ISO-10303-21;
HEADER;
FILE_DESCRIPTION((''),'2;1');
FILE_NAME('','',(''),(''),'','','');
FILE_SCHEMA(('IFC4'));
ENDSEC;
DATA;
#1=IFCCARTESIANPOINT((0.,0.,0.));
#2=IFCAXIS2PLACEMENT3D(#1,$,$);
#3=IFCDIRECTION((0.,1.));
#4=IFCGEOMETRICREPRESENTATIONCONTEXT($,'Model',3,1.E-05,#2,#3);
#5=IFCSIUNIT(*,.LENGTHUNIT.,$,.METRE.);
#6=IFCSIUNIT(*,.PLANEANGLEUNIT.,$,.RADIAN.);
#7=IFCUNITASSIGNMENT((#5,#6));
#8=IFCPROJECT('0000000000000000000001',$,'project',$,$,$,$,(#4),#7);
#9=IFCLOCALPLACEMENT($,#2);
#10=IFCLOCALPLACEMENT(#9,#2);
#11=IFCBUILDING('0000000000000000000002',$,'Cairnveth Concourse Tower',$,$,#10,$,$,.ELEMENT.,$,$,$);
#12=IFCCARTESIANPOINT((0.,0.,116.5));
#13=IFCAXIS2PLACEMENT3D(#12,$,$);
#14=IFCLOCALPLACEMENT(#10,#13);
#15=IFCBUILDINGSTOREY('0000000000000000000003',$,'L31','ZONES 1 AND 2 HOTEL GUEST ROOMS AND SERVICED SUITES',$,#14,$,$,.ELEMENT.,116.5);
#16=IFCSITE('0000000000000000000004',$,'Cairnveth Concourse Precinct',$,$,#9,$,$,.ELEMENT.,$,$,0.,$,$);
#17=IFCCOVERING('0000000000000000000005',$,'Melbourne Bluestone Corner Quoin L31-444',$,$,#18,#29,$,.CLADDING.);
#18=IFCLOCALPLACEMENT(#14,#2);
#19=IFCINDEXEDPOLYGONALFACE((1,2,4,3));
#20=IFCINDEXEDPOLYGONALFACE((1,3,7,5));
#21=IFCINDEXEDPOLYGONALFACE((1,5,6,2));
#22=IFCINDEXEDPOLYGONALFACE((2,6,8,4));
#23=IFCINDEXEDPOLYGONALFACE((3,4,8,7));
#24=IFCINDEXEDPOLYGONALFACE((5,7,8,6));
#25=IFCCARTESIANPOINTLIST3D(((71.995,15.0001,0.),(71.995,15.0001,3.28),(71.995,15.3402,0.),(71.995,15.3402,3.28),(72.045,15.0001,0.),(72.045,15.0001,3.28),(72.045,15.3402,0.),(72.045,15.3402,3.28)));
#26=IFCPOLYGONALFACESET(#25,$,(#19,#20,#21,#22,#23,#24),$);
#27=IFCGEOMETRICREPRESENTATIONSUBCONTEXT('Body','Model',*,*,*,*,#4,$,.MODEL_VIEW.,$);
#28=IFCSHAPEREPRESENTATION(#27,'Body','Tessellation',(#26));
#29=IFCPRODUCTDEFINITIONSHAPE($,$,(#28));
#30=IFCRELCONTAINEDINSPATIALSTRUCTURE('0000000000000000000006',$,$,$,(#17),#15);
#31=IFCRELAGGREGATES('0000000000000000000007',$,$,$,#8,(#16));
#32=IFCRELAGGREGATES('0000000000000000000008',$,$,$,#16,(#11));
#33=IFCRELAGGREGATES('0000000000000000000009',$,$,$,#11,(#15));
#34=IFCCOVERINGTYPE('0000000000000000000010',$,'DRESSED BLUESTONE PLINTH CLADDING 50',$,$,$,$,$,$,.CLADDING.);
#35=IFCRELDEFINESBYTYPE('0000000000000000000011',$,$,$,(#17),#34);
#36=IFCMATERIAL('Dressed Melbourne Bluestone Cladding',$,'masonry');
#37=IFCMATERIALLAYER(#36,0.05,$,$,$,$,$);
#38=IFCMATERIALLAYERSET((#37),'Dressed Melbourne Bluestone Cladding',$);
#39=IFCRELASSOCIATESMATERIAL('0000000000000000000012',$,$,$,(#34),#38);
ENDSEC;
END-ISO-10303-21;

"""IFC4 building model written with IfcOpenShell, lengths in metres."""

from ifc_helpers import new_model, si_unit, direction, frame, frame_2d, origin, place, context, subcontext, project, spatial, rectangle, extrude, material, layer, layer_set, type_object, element, save


model = new_model("IFC4")

# Units and contexts
model_context = context("Model", 3, precision=1e-05, world=origin(), true_north=direction((0.0, 1.0)))
body_context = subcontext(model_context, "Body", "Model", "MODEL_VIEW")
ifc_project = project(units=[si_unit("LENGTHUNIT", "METRE"), si_unit("PLANEANGLEUNIT", "RADIAN")], contexts=[model_context])

# Site, building, storey
site_placement = place(None, origin())
site = spatial("IfcSite", under=ifc_project, at=site_placement, Name="Cairnveth Concourse Precinct", CompositionType="ELEMENT", RefElevation=0.0)
building_placement = place(site_placement, origin())
building = spatial("IfcBuilding", under=site, at=building_placement, Name="Cairnveth Concourse Tower", CompositionType="ELEMENT")
storey_placement = place(building_placement, frame((0.0, 0.0, 116.5)))
storey = spatial("IfcBuildingStorey", under=building, at=storey_placement, Name="L31", Description="ZONES 1 AND 2 HOTEL GUEST ROOMS AND SERVICED SUITES", CompositionType="ELEMENT", Elevation=116.5)

# Covering
ifc_material_1 = material(Name="Dressed Melbourne Bluestone Cladding", Category="masonry")
ifc_layer_1 = layer(ifc_material_1, 0.05)
ifc_layer_set_1 = layer_set([ifc_layer_1], Name="Dressed Melbourne Bluestone Cladding")
covering_type = type_object("IfcCoveringType", Name="DRESSED BLUESTONE PLINTH CLADDING 50", PredefinedType="CLADDING", material=ifc_layer_set_1)
covering_placement = place(storey_placement, frame((72.02, 15.3401, 0.0), z_axis=(0.0, 0.0, 1.0), x_axis=(0.0, -1.0, 0.0)))
element("IfcCovering", 1, at=covering_placement, inside=storey, type_object=covering_type, Name="Melbourne Bluestone Corner Quoin L31-444", PredefinedType="CLADDING", context=body_context, shape_type="SweptSolid", body=[
    extrude(rectangle(XDim=0.3401, YDim=0.05, at=frame_2d((0.1699, 0.0))), origin(), (0.0, 0.0, 1.0), 3.28),
])

save(model, "model.ifc")
